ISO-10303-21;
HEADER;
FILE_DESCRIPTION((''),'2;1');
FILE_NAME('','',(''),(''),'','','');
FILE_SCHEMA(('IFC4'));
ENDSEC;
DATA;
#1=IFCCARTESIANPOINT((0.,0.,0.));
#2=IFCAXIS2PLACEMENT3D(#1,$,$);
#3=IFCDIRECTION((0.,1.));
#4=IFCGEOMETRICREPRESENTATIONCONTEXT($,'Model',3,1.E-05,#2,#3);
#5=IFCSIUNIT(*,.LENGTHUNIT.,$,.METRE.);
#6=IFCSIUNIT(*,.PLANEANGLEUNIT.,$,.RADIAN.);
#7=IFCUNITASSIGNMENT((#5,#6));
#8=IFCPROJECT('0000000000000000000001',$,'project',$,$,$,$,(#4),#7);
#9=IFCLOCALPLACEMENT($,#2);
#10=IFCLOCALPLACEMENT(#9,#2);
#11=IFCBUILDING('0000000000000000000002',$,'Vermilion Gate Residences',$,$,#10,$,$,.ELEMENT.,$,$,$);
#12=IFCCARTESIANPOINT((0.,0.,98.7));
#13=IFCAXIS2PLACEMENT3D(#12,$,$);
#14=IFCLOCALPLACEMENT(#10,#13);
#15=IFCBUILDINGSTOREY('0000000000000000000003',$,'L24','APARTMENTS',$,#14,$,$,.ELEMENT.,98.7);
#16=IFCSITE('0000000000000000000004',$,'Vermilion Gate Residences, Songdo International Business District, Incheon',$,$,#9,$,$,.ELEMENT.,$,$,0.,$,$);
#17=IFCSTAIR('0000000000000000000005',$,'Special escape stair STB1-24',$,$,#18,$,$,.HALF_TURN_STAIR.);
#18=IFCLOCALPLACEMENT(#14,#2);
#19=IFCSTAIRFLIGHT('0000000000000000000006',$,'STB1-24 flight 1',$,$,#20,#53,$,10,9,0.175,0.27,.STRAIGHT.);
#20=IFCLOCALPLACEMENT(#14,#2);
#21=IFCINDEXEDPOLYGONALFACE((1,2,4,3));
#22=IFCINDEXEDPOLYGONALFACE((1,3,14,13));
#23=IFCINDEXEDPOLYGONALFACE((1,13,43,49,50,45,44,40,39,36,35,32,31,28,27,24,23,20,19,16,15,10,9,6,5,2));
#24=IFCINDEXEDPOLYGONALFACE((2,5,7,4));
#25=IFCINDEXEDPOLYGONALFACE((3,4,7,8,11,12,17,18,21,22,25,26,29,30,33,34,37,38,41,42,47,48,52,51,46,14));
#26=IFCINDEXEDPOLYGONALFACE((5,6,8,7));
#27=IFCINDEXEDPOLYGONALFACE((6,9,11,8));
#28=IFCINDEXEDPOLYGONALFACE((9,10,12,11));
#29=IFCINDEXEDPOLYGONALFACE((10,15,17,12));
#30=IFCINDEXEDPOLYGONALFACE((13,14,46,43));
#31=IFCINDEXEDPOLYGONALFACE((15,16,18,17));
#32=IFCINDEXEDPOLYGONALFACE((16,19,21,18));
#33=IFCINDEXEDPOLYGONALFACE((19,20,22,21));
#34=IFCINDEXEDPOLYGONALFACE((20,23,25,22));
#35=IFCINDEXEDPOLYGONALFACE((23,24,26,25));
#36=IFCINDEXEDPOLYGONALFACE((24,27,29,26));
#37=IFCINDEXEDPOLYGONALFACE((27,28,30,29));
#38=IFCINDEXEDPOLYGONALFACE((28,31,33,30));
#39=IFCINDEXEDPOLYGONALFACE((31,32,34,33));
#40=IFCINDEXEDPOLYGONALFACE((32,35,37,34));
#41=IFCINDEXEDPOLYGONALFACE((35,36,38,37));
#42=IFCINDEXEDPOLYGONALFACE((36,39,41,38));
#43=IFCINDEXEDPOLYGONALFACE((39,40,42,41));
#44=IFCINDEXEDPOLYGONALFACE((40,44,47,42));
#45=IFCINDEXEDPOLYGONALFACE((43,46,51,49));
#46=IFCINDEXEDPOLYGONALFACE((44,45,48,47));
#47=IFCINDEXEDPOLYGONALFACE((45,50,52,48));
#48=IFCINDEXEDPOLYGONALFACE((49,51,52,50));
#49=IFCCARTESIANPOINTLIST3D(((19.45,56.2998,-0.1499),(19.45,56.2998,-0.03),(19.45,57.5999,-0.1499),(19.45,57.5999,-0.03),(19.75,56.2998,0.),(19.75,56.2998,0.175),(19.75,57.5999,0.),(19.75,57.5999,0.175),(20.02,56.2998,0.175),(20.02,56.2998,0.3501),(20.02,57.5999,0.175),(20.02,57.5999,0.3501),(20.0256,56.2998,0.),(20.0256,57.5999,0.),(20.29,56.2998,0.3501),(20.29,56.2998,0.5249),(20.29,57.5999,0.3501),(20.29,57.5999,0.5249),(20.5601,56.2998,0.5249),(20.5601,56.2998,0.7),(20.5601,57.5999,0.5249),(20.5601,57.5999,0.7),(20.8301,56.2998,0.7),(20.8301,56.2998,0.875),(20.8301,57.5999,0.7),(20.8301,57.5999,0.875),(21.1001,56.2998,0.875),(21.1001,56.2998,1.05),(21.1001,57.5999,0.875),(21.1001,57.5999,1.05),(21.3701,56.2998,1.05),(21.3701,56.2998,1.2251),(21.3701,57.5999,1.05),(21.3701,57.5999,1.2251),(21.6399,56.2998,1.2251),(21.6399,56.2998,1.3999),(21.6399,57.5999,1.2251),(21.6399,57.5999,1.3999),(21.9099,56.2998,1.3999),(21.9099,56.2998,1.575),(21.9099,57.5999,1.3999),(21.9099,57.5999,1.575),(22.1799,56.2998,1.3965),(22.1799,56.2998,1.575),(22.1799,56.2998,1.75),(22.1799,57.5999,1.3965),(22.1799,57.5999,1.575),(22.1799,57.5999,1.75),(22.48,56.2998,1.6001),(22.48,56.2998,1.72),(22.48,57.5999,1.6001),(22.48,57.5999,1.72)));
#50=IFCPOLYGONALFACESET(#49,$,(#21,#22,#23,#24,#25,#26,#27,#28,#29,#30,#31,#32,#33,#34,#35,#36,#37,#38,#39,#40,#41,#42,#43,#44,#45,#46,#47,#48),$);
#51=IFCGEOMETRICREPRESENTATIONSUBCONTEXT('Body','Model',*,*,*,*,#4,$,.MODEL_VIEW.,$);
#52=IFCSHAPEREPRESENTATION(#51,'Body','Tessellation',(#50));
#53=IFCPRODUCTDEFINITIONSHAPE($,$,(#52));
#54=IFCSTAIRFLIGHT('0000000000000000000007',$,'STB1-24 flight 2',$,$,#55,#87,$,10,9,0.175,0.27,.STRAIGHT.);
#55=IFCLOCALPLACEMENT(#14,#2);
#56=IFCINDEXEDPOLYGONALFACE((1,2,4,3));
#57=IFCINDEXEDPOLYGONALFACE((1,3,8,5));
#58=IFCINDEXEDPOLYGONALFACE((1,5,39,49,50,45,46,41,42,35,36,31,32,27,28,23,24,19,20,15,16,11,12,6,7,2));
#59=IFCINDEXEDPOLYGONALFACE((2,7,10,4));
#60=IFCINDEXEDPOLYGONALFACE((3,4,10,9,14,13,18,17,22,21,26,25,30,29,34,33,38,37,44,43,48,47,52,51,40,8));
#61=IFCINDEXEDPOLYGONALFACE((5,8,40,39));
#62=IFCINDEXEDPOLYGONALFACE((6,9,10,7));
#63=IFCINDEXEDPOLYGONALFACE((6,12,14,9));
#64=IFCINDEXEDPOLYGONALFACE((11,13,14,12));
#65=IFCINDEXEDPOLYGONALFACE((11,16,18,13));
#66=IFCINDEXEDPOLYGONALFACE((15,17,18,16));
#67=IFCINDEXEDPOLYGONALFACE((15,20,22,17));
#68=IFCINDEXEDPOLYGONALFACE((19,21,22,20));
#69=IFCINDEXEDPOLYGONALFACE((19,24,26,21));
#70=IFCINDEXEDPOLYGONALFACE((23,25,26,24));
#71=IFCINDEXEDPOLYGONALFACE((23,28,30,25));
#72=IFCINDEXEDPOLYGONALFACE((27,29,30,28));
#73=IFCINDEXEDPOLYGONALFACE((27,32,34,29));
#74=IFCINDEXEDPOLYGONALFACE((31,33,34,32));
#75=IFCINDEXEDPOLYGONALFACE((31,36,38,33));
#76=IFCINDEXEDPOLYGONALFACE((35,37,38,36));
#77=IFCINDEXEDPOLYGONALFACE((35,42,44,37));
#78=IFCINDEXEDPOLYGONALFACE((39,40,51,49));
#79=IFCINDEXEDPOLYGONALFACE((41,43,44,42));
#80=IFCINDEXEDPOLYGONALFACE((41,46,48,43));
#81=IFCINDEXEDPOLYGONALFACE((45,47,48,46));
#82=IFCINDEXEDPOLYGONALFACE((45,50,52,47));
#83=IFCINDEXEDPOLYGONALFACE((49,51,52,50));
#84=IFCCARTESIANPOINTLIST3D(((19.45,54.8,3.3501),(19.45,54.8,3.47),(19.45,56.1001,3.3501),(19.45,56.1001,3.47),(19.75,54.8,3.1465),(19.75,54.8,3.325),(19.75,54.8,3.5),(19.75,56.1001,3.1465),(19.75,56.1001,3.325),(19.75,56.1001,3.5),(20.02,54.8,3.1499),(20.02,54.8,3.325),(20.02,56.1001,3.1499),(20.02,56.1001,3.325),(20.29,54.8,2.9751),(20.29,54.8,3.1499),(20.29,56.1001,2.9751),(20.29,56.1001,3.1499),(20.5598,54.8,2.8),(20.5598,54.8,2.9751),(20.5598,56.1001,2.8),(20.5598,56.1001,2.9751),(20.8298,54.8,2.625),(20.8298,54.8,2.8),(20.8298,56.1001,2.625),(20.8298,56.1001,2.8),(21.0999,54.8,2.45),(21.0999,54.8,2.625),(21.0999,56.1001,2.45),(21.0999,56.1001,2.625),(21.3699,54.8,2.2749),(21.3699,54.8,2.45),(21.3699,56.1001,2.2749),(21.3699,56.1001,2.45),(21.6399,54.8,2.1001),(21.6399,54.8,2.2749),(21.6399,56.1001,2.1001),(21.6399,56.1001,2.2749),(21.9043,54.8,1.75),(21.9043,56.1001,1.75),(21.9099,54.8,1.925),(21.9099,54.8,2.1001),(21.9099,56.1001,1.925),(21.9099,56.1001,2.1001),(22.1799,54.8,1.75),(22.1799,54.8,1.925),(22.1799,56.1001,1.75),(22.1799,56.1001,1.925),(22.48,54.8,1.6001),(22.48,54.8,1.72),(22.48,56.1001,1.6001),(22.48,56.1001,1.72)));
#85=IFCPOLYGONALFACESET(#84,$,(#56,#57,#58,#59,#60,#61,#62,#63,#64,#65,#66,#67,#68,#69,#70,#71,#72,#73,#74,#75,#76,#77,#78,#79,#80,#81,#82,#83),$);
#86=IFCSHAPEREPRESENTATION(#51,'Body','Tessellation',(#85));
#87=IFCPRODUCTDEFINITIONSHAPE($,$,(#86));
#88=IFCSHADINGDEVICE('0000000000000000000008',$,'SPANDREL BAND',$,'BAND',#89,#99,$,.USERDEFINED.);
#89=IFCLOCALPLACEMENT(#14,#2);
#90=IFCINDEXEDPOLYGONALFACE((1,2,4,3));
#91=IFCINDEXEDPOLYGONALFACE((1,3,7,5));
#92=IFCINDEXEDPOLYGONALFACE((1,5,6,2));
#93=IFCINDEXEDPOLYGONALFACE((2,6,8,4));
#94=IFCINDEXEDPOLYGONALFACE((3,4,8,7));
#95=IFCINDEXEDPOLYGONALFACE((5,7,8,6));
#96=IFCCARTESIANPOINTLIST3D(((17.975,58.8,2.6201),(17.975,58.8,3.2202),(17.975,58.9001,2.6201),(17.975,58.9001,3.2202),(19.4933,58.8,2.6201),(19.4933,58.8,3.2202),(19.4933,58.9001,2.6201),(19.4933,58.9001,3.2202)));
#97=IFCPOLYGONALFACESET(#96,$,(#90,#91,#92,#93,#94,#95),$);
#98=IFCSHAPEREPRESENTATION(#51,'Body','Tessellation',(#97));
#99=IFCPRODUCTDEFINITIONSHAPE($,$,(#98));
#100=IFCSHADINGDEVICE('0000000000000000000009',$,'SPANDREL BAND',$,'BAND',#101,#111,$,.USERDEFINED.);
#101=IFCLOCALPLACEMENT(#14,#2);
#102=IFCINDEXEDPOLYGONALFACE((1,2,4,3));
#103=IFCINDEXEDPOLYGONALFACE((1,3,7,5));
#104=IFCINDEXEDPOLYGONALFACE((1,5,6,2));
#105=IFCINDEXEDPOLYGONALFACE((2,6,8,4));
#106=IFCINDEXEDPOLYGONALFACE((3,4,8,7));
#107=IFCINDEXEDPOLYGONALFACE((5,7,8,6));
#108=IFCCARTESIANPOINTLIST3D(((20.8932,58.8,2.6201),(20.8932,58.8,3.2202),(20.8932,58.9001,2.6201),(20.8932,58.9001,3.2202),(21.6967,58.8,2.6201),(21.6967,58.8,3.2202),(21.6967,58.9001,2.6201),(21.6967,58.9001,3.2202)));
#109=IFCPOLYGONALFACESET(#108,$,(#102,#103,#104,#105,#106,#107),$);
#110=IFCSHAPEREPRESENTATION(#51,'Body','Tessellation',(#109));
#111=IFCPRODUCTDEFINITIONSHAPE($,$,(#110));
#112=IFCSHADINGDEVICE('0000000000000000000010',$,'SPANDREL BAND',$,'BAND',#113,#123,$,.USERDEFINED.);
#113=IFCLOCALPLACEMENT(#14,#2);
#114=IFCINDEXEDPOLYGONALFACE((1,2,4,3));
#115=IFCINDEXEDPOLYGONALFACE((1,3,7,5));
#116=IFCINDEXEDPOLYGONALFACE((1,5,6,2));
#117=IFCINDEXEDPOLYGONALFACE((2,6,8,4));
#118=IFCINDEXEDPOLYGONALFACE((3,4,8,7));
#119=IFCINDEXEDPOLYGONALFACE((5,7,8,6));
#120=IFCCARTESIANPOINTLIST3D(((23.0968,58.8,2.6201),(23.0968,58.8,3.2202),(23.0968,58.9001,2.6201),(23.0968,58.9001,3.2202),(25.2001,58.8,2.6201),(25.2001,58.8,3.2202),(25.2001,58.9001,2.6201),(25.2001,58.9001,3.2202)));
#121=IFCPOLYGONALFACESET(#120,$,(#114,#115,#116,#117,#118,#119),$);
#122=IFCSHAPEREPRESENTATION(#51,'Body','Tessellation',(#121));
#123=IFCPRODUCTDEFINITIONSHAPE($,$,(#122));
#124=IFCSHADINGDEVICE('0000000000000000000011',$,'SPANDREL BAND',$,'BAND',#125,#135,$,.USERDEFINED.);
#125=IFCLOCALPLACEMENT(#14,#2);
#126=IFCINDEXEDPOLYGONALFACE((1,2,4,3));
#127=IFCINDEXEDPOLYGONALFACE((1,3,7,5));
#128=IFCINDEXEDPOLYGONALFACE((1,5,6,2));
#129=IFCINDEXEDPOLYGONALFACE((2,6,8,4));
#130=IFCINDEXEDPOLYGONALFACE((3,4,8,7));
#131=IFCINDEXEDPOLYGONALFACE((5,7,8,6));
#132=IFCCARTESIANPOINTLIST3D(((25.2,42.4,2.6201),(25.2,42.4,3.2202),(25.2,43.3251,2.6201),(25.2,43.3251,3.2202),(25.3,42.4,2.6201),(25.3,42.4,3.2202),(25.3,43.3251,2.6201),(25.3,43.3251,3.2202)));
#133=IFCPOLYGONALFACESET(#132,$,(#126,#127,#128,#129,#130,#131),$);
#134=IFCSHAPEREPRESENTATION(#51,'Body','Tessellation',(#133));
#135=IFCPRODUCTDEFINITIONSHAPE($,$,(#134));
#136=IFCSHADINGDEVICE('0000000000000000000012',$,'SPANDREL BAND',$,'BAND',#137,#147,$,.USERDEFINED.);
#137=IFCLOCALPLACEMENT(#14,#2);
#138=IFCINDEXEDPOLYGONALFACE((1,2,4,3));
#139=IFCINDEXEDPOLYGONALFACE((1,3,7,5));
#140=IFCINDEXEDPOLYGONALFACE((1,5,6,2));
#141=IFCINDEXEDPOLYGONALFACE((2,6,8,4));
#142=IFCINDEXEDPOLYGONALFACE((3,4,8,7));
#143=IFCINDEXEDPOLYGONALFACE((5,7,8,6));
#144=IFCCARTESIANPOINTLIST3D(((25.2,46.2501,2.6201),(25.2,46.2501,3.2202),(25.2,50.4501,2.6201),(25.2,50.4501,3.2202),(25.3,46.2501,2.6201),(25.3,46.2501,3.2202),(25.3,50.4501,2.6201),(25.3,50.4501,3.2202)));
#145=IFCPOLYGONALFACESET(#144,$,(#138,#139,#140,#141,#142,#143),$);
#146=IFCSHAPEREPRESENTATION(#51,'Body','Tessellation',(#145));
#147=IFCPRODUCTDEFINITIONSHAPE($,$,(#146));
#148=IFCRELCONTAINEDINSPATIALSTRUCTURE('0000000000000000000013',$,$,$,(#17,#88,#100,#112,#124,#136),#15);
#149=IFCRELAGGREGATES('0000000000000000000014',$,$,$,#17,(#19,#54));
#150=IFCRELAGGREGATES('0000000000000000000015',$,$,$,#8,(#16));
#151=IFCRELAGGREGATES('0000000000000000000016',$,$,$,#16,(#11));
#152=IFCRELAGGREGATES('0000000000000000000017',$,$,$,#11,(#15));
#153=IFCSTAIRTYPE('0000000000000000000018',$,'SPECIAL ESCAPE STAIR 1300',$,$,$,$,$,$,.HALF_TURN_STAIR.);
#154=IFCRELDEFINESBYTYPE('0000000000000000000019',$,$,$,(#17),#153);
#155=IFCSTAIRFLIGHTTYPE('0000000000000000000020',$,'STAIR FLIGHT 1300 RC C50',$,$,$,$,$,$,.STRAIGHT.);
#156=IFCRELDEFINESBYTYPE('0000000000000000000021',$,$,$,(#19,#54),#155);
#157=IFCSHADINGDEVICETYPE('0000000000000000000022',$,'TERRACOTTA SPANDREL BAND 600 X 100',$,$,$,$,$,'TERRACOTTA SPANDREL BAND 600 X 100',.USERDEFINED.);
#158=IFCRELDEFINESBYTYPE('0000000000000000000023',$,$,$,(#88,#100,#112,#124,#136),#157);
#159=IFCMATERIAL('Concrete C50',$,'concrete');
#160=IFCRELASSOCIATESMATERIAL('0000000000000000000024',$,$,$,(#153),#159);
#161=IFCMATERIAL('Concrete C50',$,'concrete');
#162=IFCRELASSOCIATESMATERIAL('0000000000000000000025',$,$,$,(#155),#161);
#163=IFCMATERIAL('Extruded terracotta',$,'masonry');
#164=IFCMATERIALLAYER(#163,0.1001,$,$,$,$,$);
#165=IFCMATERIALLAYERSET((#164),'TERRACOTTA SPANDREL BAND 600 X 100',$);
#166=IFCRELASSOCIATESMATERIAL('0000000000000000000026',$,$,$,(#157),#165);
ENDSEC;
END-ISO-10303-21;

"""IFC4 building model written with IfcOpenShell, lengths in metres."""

from ifc_helpers import new_model, si_unit, direction, frame, origin, origin_2d, place, context, subcontext, project, spatial, polyline, rectangle, outline, extrude, material, layer, layer_set, type_object, element, aggregate, save


model = new_model("IFC4")

# Units and contexts
model_context = context("Model", 3, precision=1e-05, world=origin(), true_north=direction((0.0, 1.0)))
body_context = subcontext(model_context, "Body", "Model", "MODEL_VIEW")
ifc_project = project(units=[si_unit("LENGTHUNIT", "METRE"), si_unit("PLANEANGLEUNIT", "RADIAN")], contexts=[model_context])

# Site, building, storey
site_placement = place(None, origin())
site = spatial("IfcSite", under=ifc_project, at=site_placement, Name="Vermilion Gate Residences, Songdo International Business District, Incheon", CompositionType="ELEMENT", RefElevation=0.0)
building_placement = place(site_placement, origin())
building = spatial("IfcBuilding", under=site, at=building_placement, Name="Vermilion Gate Residences", CompositionType="ELEMENT")
storey_placement = place(building_placement, frame((0.0, 0.0, 98.7)))
storey = spatial("IfcBuildingStorey", under=building, at=storey_placement, Name="L24", Description="APARTMENTS", CompositionType="ELEMENT", Elevation=98.7)

# Stair, stair flights
ifc_material_1 = material(Name="Concrete C50", Category="concrete")
stair_type = type_object("IfcStairType", Name="SPECIAL ESCAPE STAIR 1300", PredefinedType="HALF_TURN_STAIR", material=ifc_material_1)
stair_placement = place(storey_placement, origin())
stair = element("IfcStair", 1, at=stair_placement, inside=storey, type_object=stair_type, Name="Special escape stair STB1-24", PredefinedType="HALF_TURN_STAIR")
ifc_material_2 = material(Name="Concrete C50", Category="concrete")
stair_flight_type = type_object("IfcStairFlightType", Name="STAIR FLIGHT 1300 RC C50", PredefinedType="STRAIGHT", material=ifc_material_2)
stair_flight_1_placement = place(storey_placement, frame((19.75, 56.95, 0.0), z_axis=(0.0, 0.0, 1.0), x_axis=(1.0, 0.0, 0.0)))
stair_flight_1 = element("IfcStairFlight", 2, at=stair_flight_1_placement, type_object=stair_flight_type, Name="STB1-24 flight 1", NumberOfRisers=10, NumberOfTreads=9, PredefinedType="STRAIGHT", RiserHeight=0.175, TreadLength=0.27, context=body_context, shape_type="SweptSolid", body=[
    extrude(outline(polyline([(-0.3, -0.1499), (-0.3, -0.03), (0.0, 0.0), (0.0, 0.175), (0.27, 0.175), (0.27, 0.3501), (0.54, 0.3501), (0.54, 0.5249), (0.8101, 0.5249), (0.8101, 0.7), (1.0801, 0.7), (1.0801, 0.875), (1.3501, 0.875), (1.3501, 1.05), (1.6201, 1.05), (1.6201, 1.2251), (1.8899, 1.2251), (1.8899, 1.3999), (2.1599, 1.3999), (2.1599, 1.575), (2.4299, 1.575), (2.4299, 1.75), (2.73, 1.72), (2.73, 1.6001), (2.4299, 1.3965), (0.2756, 0.0), (-0.3, -0.1499)])), frame((0.0, 0.6499, 0.0), z_axis=(0.0, -1.0, 0.0), x_axis=(1.0, 0.0, 0.0)), (0.0, 0.0, 1.0), 1.3),
])
stair_flight_2_placement = place(storey_placement, frame((22.1799, 55.45, 1.75), z_axis=(0.0, 0.0, 1.0), x_axis=(-1.0, 0.0, 0.0)))
stair_flight_2 = element("IfcStairFlight", 3, at=stair_flight_2_placement, type_object=stair_flight_type, Name="STB1-24 flight 2", NumberOfRisers=10, NumberOfTreads=9, PredefinedType="STRAIGHT", RiserHeight=0.175, TreadLength=0.27, context=body_context, shape_type="SweptSolid", body=[
    extrude(outline(polyline([(-0.3, -0.1499), (-0.3, -0.03), (0.0, 0.0), (0.0, 0.175), (0.27, 0.175), (0.27, 0.3501), (0.54, 0.3501), (0.54, 0.5249), (0.8101, 0.5249), (0.8101, 0.7), (1.0801, 0.7), (1.0801, 0.875), (1.3501, 0.875), (1.3501, 1.05), (1.6201, 1.05), (1.6201, 1.2251), (1.8899, 1.2251), (1.8899, 1.3999), (2.1599, 1.3999), (2.1599, 1.575), (2.4299, 1.575), (2.4299, 1.75), (2.73, 1.72), (2.73, 1.6001), (2.4299, 1.3965), (0.2756, 0.0), (-0.3, -0.1499)])), frame((0.0, 0.6499, 0.0), z_axis=(0.0, -1.0, 0.0), x_axis=(1.0, 0.0, 0.0)), (0.0, 0.0, 1.0), 1.3),
])
aggregate(stair, [stair_flight_1, stair_flight_2])

# Shading devices
ifc_material_3 = material(Name="Extruded terracotta", Category="masonry")
ifc_layer_1 = layer(ifc_material_3, 0.1001)
ifc_layer_set_1 = layer_set([ifc_layer_1], Name="TERRACOTTA SPANDREL BAND 600 X 100")
shading_device_type = type_object("IfcShadingDeviceType", Name="TERRACOTTA SPANDREL BAND 600 X 100", ElementType="TERRACOTTA SPANDREL BAND 600 X 100", PredefinedType="USERDEFINED", material=ifc_layer_set_1)
shading_device_1_placement = place(storey_placement, frame((18.7341, 58.8501, 2.6201), z_axis=(0.0, 0.0, 1.0), x_axis=(1.0, 0.0, 0.0)))
element("IfcShadingDevice", 4, at=shading_device_1_placement, inside=storey, type_object=shading_device_type, Name="SPANDREL BAND", ObjectType="BAND", PredefinedType="USERDEFINED", context=body_context, shape_type="SweptSolid", body=[
    extrude(rectangle(XDim=1.5183, YDim=0.1001, at=origin_2d()), origin(), (0.0, 0.0, 1.0), 0.6001),
])
shading_device_2_placement = place(storey_placement, frame((21.2949, 58.8501, 2.6201), z_axis=(0.0, 0.0, 1.0), x_axis=(1.0, 0.0, 0.0)))
element("IfcShadingDevice", 5, at=shading_device_2_placement, inside=storey, type_object=shading_device_type, Name="SPANDREL BAND", ObjectType="BAND", PredefinedType="USERDEFINED", context=body_context, shape_type="SweptSolid", body=[
    extrude(rectangle(XDim=0.8035, YDim=0.1001, at=origin_2d()), origin(), (0.0, 0.0, 1.0), 0.6001),
])
shading_device_3_placement = place(storey_placement, frame((24.1484, 58.8501, 2.6201), z_axis=(0.0, 0.0, 1.0), x_axis=(1.0, 0.0, 0.0)))
element("IfcShadingDevice", 6, at=shading_device_3_placement, inside=storey, type_object=shading_device_type, Name="SPANDREL BAND", ObjectType="BAND", PredefinedType="USERDEFINED", context=body_context, shape_type="SweptSolid", body=[
    extrude(rectangle(XDim=2.1033, YDim=0.1001, at=origin_2d()), origin(), (0.0, 0.0, 1.0), 0.6001),
])
shading_device_4_placement = place(storey_placement, frame((25.25, 42.8625, 2.6201), z_axis=(0.0, 0.0, 1.0), x_axis=(0.0, 1.0, 0.0)))
element("IfcShadingDevice", 7, at=shading_device_4_placement, inside=storey, type_object=shading_device_type, Name="SPANDREL BAND", ObjectType="BAND", PredefinedType="USERDEFINED", context=body_context, shape_type="SweptSolid", body=[
    extrude(rectangle(XDim=0.925, YDim=0.1001, at=origin_2d()), origin(), (0.0, 0.0, 1.0), 0.6001),
])
shading_device_5_placement = place(storey_placement, frame((25.25, 48.3501, 2.6201), z_axis=(0.0, 0.0, 1.0), x_axis=(0.0, 1.0, 0.0)))
element("IfcShadingDevice", 8, at=shading_device_5_placement, inside=storey, type_object=shading_device_type, Name="SPANDREL BAND", ObjectType="BAND", PredefinedType="USERDEFINED", context=body_context, shape_type="SweptSolid", body=[
    extrude(rectangle(XDim=4.2, YDim=0.1001, at=origin_2d()), origin(), (0.0, 0.0, 1.0), 0.6001),
])

save(model, "model.ifc")
